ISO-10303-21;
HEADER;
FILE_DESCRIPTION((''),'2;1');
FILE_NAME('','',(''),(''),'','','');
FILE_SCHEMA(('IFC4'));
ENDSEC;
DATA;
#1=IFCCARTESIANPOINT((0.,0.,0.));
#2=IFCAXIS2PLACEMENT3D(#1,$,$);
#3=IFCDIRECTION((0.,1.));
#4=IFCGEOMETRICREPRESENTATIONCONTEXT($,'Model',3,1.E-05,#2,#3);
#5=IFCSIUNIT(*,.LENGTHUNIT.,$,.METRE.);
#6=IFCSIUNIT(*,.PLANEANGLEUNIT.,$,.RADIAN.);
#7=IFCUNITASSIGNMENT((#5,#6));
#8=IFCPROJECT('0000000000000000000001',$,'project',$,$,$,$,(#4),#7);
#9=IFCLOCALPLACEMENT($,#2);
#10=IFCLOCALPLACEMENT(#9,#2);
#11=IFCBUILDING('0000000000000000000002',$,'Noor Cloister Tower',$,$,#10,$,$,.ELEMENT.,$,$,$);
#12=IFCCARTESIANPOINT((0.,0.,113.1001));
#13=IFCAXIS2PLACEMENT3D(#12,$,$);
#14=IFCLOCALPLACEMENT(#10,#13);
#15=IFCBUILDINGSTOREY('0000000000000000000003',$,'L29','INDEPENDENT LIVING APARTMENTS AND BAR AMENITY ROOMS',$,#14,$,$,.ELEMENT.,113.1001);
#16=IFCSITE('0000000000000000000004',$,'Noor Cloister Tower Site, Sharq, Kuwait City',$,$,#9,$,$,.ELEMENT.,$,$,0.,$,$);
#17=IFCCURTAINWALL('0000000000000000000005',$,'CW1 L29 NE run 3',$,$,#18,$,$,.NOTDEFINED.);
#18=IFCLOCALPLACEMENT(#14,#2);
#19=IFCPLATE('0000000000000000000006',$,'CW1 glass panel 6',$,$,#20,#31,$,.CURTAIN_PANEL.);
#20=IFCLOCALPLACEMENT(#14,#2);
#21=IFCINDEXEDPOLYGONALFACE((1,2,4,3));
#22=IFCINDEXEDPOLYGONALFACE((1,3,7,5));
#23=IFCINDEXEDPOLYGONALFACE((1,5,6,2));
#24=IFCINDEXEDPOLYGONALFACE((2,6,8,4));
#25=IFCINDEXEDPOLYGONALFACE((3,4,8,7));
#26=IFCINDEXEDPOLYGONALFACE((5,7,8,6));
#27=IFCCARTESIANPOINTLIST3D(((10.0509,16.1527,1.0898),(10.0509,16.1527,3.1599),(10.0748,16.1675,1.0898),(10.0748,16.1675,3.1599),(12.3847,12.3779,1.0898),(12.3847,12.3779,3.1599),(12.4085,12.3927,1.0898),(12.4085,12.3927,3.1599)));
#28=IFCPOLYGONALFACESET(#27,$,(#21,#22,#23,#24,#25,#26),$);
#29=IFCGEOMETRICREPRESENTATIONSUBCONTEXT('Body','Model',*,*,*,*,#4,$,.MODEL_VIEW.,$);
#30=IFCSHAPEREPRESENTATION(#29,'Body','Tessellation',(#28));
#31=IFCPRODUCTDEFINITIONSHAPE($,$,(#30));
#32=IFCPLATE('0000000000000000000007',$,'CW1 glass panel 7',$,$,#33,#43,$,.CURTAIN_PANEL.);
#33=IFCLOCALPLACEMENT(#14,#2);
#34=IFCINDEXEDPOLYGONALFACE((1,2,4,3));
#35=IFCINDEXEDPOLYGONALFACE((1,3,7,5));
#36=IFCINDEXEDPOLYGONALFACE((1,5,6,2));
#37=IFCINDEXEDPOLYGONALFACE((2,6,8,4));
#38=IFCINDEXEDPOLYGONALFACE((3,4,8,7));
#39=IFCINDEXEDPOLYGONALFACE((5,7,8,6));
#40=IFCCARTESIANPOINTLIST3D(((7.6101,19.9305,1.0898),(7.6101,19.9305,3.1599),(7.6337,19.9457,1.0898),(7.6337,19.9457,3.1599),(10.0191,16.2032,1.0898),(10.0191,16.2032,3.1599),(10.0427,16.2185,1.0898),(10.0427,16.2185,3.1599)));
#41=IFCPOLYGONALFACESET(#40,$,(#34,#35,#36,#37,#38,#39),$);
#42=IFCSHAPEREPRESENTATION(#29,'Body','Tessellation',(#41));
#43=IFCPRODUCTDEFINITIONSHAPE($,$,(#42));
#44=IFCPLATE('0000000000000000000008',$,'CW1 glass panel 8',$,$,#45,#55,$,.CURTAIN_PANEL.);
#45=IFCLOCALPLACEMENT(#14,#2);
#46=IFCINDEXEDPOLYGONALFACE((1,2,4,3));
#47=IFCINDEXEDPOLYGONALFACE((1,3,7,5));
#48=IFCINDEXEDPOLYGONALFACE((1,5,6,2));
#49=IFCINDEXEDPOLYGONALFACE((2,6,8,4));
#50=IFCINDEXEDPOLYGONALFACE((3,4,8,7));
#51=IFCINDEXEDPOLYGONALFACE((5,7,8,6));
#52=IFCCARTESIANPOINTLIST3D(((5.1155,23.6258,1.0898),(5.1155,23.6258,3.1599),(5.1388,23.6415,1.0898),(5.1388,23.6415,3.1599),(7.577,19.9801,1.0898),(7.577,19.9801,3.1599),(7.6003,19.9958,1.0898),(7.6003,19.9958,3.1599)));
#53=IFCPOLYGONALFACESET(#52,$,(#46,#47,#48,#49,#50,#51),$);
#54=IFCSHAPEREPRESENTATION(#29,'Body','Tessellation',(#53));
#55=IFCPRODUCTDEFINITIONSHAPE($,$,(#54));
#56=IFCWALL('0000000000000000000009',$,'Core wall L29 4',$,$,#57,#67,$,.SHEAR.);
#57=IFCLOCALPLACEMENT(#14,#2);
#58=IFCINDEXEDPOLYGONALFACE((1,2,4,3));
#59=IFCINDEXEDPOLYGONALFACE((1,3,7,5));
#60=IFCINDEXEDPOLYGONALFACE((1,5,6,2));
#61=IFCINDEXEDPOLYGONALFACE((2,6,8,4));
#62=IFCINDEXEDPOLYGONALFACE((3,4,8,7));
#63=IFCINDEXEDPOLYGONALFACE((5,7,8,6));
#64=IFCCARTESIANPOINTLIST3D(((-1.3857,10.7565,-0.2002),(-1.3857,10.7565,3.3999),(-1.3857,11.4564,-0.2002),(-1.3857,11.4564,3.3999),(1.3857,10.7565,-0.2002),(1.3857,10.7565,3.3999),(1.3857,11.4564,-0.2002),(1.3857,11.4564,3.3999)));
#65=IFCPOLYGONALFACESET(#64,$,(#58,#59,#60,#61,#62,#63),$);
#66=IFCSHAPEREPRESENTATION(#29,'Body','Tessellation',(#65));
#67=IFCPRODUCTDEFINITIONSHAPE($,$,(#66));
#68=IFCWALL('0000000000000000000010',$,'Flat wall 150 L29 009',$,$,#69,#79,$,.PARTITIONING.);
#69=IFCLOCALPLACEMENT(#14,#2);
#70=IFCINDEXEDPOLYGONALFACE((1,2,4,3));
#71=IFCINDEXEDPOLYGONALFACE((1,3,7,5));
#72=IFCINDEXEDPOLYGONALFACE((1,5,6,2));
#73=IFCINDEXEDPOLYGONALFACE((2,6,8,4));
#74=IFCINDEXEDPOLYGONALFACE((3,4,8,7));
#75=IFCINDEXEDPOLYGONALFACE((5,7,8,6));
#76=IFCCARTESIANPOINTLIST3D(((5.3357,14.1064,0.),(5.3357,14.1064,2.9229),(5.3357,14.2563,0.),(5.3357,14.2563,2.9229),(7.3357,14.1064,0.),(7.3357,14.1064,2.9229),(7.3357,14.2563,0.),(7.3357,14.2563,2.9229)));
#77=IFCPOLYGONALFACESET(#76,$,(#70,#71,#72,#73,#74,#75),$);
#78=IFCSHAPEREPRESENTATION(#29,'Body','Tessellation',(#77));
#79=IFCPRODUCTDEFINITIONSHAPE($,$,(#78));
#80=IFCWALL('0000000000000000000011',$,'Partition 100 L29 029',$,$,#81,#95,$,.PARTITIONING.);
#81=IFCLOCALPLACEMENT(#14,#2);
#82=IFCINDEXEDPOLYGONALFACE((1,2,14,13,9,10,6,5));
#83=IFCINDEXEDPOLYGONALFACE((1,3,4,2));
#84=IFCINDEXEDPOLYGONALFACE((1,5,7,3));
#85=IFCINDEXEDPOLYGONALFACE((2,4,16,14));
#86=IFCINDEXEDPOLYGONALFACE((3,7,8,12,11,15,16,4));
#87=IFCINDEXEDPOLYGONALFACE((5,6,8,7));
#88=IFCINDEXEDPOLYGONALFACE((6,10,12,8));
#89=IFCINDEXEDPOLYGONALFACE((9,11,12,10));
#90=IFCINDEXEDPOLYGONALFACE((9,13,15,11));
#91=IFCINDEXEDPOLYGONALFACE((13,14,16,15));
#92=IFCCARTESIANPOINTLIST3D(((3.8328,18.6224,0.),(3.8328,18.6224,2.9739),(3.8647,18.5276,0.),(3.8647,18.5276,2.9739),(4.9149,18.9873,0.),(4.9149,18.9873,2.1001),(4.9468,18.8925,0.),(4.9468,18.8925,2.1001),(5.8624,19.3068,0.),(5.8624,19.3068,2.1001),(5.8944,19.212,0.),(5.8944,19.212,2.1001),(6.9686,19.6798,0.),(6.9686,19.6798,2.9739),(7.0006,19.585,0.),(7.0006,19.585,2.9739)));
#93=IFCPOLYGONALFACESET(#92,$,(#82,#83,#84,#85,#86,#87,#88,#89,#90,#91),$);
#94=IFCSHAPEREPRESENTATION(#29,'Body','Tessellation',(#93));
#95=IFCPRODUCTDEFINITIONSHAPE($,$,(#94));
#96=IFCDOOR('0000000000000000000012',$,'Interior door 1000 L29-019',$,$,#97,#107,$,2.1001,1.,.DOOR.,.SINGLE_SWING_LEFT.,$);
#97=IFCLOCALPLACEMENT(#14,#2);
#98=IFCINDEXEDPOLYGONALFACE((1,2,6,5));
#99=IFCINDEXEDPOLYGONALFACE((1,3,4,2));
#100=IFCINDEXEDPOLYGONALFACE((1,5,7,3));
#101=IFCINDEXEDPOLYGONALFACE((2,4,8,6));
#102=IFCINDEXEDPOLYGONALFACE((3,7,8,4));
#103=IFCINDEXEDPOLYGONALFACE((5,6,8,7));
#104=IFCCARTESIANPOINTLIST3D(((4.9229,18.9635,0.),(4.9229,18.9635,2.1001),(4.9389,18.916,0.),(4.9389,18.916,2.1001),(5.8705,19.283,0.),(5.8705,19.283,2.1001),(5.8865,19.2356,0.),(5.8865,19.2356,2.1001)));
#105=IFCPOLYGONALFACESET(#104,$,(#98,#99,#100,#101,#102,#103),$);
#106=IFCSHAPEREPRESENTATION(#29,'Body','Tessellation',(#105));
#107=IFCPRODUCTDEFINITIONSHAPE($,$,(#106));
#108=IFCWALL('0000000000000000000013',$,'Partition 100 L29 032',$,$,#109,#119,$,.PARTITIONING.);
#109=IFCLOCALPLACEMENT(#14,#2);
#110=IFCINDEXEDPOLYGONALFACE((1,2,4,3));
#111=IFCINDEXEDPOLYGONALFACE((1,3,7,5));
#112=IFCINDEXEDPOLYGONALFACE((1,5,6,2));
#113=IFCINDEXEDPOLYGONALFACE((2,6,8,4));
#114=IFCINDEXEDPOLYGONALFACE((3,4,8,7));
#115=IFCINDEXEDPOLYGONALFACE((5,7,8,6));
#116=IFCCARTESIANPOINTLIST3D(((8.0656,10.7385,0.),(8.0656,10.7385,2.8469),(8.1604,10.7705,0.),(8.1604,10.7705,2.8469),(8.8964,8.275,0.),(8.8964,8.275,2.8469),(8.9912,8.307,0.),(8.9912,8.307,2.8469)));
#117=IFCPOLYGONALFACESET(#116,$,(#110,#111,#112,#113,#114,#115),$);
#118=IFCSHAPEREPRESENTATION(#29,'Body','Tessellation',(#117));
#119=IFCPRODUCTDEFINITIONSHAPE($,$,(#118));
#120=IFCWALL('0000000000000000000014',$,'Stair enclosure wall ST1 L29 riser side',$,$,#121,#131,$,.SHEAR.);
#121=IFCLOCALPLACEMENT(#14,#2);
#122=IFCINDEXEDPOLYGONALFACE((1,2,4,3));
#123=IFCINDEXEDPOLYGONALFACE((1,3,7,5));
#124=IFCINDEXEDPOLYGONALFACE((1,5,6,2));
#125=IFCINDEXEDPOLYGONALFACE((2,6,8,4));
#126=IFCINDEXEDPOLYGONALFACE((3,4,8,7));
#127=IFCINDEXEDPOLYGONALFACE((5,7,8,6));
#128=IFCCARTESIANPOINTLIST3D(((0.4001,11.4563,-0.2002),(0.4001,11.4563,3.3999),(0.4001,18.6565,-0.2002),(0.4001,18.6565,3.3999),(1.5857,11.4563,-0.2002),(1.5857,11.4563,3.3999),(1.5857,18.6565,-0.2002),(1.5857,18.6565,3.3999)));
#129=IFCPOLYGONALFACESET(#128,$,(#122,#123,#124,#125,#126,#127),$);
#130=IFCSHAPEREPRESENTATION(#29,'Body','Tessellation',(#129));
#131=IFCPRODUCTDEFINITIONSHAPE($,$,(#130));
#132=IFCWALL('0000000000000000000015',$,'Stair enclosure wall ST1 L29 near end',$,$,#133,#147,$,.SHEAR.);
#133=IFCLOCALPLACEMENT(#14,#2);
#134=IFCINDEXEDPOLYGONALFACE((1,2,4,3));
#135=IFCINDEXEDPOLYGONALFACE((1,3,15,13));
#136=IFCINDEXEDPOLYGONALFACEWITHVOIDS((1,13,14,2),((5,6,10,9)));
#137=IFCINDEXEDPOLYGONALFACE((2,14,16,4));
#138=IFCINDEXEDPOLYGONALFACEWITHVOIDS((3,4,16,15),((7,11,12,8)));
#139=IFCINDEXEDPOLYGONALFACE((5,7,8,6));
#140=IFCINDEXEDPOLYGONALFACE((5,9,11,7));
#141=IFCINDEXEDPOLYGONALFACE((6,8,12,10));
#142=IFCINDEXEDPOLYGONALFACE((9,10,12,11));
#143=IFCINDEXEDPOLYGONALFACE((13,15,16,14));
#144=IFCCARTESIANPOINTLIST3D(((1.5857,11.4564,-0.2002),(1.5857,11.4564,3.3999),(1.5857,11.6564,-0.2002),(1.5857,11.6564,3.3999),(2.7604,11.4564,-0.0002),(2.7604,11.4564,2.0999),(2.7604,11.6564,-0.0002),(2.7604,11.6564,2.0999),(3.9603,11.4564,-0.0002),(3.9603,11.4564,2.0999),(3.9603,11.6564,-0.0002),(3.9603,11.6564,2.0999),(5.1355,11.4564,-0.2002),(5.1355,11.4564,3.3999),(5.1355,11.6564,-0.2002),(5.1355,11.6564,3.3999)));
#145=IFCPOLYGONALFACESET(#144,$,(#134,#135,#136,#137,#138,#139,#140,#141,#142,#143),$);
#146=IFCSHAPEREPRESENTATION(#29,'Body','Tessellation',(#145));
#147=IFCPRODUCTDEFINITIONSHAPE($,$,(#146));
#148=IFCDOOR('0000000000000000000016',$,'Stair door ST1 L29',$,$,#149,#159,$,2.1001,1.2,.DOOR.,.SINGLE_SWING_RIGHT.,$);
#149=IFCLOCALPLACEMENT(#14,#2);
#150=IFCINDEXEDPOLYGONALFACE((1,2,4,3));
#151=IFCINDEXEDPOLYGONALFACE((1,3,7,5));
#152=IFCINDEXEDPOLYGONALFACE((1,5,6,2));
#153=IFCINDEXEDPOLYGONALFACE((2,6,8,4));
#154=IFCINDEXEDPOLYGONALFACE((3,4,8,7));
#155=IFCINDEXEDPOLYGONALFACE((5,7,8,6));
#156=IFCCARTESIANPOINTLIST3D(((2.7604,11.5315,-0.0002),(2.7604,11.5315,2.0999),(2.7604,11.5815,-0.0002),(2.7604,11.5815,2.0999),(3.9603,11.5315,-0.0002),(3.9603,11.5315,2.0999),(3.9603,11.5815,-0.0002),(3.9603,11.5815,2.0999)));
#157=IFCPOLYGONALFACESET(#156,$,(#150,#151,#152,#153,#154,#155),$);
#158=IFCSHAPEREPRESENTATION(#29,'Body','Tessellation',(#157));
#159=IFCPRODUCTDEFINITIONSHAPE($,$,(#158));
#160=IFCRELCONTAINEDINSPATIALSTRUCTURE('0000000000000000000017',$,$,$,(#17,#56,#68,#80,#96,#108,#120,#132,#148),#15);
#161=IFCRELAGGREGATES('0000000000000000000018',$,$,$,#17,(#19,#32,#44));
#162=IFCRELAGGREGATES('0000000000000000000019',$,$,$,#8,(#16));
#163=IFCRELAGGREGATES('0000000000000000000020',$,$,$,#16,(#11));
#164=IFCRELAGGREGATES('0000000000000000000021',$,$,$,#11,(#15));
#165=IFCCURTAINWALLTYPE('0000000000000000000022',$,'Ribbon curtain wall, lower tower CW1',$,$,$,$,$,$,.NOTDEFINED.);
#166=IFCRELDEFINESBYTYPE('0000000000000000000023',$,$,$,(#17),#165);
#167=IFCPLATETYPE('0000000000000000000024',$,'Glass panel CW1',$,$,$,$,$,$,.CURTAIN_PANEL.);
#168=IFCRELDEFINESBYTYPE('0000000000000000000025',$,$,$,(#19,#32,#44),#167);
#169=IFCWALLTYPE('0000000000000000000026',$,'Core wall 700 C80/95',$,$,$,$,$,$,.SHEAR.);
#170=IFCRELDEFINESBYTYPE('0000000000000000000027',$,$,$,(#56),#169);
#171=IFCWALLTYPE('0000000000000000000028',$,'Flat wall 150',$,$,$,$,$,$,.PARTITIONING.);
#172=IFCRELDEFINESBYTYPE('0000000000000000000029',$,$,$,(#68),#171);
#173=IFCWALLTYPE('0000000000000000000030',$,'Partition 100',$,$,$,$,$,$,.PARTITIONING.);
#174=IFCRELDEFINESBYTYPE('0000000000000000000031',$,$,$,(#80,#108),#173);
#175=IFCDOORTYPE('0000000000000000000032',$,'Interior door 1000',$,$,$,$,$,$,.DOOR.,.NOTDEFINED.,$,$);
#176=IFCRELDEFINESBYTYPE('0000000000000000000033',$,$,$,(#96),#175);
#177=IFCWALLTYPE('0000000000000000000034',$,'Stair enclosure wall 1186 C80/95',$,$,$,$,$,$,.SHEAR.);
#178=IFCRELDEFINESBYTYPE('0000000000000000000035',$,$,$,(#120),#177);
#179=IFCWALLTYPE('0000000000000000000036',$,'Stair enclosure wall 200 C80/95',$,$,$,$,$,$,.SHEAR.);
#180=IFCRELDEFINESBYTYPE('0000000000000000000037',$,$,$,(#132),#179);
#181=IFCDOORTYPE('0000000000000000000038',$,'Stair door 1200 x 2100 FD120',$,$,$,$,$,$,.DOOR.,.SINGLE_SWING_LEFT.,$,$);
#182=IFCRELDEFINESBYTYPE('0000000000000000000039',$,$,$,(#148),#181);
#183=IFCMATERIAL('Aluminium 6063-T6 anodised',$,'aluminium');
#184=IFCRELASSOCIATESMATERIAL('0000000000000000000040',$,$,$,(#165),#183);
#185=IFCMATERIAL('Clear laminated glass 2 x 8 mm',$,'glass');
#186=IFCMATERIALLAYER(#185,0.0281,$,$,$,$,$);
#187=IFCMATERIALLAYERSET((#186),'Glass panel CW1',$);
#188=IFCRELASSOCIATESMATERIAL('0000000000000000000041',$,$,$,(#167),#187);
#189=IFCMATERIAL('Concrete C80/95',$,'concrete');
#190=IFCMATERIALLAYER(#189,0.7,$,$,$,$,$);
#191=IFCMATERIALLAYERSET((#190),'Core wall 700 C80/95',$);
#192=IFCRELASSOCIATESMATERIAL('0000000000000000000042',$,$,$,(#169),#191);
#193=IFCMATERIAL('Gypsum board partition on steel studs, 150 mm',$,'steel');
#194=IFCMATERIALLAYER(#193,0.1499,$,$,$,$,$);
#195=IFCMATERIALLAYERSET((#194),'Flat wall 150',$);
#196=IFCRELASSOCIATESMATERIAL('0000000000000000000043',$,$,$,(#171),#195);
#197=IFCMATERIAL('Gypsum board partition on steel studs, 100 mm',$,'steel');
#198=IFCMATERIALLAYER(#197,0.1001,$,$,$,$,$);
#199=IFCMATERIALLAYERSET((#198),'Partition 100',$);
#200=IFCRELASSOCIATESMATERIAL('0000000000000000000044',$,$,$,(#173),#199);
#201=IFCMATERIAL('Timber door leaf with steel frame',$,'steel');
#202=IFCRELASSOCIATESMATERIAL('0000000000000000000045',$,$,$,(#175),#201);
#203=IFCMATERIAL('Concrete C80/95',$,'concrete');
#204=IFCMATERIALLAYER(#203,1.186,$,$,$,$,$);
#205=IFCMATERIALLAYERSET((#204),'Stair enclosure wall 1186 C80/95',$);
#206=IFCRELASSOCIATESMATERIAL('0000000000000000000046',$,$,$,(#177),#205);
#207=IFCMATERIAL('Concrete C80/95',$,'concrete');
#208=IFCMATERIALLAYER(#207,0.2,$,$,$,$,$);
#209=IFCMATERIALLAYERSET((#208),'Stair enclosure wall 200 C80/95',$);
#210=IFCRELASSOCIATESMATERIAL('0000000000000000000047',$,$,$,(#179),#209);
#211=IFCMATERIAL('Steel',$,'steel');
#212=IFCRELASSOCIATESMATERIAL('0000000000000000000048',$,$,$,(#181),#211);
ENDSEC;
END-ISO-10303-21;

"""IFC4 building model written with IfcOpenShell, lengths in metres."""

from ifc_helpers import new_model, si_unit, direction, frame, frame_2d, origin, origin_2d, place, context, subcontext, project, spatial, rectangle, extrude, material, layer, layer_set, type_object, element, fill, aggregate, save


model = new_model("IFC4")

# Units and contexts
model_context = context("Model", 3, precision=1e-05, world=origin(), true_north=direction((0.0, 1.0)))
body_context = subcontext(model_context, "Body", "Model", "MODEL_VIEW")
ifc_project = project(units=[si_unit("LENGTHUNIT", "METRE"), si_unit("PLANEANGLEUNIT", "RADIAN")], contexts=[model_context])

# Site, building, storey
site_placement = place(None, origin())
site = spatial("IfcSite", under=ifc_project, at=site_placement, Name="Noor Cloister Tower Site, Sharq, Kuwait City", CompositionType="ELEMENT", RefElevation=0.0)
building_placement = place(site_placement, origin())
building = spatial("IfcBuilding", under=site, at=building_placement, Name="Noor Cloister Tower", CompositionType="ELEMENT")
storey_placement = place(building_placement, frame((0.0, 0.0, 113.1001)))
storey = spatial("IfcBuildingStorey", under=building, at=storey_placement, Name="L29", Description="INDEPENDENT LIVING APARTMENTS AND BAR AMENITY ROOMS", CompositionType="ELEMENT", Elevation=113.1001)

# Curtain wall
ifc_material_1 = material(Name="Aluminium 6063-T6 anodised", Category="aluminium")
curtain_wall_type = type_object("IfcCurtainWallType", Name="Ribbon curtain wall, lower tower CW1", PredefinedType="NOTDEFINED", material=ifc_material_1)
curtain_wall_placement = place(storey_placement, origin())
curtain_wall = element("IfcCurtainWall", 1, at=curtain_wall_placement, inside=storey, type_object=curtain_wall_type, Name="CW1 L29 NE run 3", PredefinedType="NOTDEFINED")

# Plates
ifc_material_2 = material(Name="Clear laminated glass 2 x 8 mm", Category="glass")
ifc_layer_1 = layer(ifc_material_2, 0.0281)
ifc_layer_set_1 = layer_set([ifc_layer_1], Name="Glass panel CW1")
plate_type = type_object("IfcPlateType", Name="Glass panel CW1", PredefinedType="CURTAIN_PANEL", material=ifc_layer_set_1)
plate_1_placement = place(storey_placement, frame((11.2297, 14.2727, 1.0898), z_axis=(0.0, 0.0, 1.0), x_axis=(-0.525852, 0.850576, 0.0)))
plate_1 = element("IfcPlate", 2, at=plate_1_placement, type_object=plate_type, Name="CW1 glass panel 6", PredefinedType="CURTAIN_PANEL", context=body_context, shape_type="SweptSolid", body=[
    extrude(rectangle(XDim=4.438, YDim=0.0281, at=origin_2d()), origin(), (0.0, 0.0, 1.0), 2.0701),
])
plate_2_placement = place(storey_placement, frame((8.8264, 18.0745, 1.0898), z_axis=(0.0, 0.0, 1.0), x_axis=(-0.542824, 0.839847, 0.0)))
plate_2 = element("IfcPlate", 3, at=plate_2_placement, type_object=plate_type, Name="CW1 glass panel 7", PredefinedType="CURTAIN_PANEL", context=body_context, shape_type="SweptSolid", body=[
    extrude(rectangle(XDim=4.438, YDim=0.0281, at=origin_2d()), origin(), (0.0, 0.0, 1.0), 2.0701),
])
plate_3_placement = place(storey_placement, frame((6.3579, 21.8108, 1.0898), z_axis=(0.0, 0.0, 1.0), x_axis=(-0.559576, 0.828779, 0.0)))
plate_3 = element("IfcPlate", 4, at=plate_3_placement, type_object=plate_type, Name="CW1 glass panel 8", PredefinedType="CURTAIN_PANEL", context=body_context, shape_type="SweptSolid", body=[
    extrude(rectangle(XDim=4.3989, YDim=0.0281, at=origin_2d()), origin(), (0.0, 0.0, 1.0), 2.0701),
])
aggregate(curtain_wall, [plate_1, plate_2, plate_3])

# Walls
ifc_material_3 = material(Name="Concrete C80/95", Category="concrete")
ifc_layer_2 = layer(ifc_material_3, 0.7)
ifc_layer_set_2 = layer_set([ifc_layer_2], Name="Core wall 700 C80/95")
wall_type_1 = type_object("IfcWallType", Name="Core wall 700 C80/95", PredefinedType="SHEAR", material=ifc_layer_set_2)
wall_1_placement = place(storey_placement, frame((1.3857, 11.1064, -0.2002), z_axis=(0.0, 0.0, 1.0), x_axis=(-1.0, 0.0, 0.0)))
element("IfcWall", 5, at=wall_1_placement, inside=storey, type_object=wall_type_1, Name="Core wall L29 4", PredefinedType="SHEAR", context=body_context, shape_type="SweptSolid", body=[
    extrude(rectangle(XDim=2.7715, YDim=0.7, at=frame_2d((1.3857, 0.0))), origin(), (0.0, 0.0, 1.0), 3.6001),
])
ifc_material_4 = material(Name="Gypsum board partition on steel studs, 150 mm", Category="steel")
ifc_layer_3 = layer(ifc_material_4, 0.1499)
ifc_layer_set_3 = layer_set([ifc_layer_3], Name="Flat wall 150")
wall_type_2 = type_object("IfcWallType", Name="Flat wall 150", PredefinedType="PARTITIONING", material=ifc_layer_set_3)
wall_2_placement = place(storey_placement, frame((5.3357, 14.1814, 0.0), z_axis=(0.0, 0.0, 1.0), x_axis=(1.0, 0.0, 0.0)))
element("IfcWall", 6, at=wall_2_placement, inside=storey, type_object=wall_type_2, Name="Flat wall 150 L29 009", PredefinedType="PARTITIONING", context=body_context, shape_type="SweptSolid", body=[
    extrude(rectangle(XDim=2.0, YDim=0.1499, at=frame_2d((1.0, 0.0))), origin(), (0.0, 0.0, 1.0), 2.9229),
])

# Wall, opening, door
ifc_material_5 = material(Name="Gypsum board partition on steel studs, 100 mm", Category="steel")
ifc_layer_4 = layer(ifc_material_5, 0.1001)
ifc_layer_set_4 = layer_set([ifc_layer_4], Name="Partition 100")
wall_type_3 = type_object("IfcWallType", Name="Partition 100", PredefinedType="PARTITIONING", material=ifc_layer_set_4)
wall_3_placement = place(storey_placement, frame((3.8486, 18.575, 0.0), z_axis=(0.0, 0.0, 1.0), x_axis=(0.947578, 0.319524, 0.0)))
wall_3 = element("IfcWall", 7, at=wall_3_placement, inside=storey, type_object=wall_type_3, Name="Partition 100 L29 029", PredefinedType="PARTITIONING", context=body_context, shape_type="SweptSolid", body=[
    extrude(rectangle(XDim=3.3093, YDim=0.1001, at=frame_2d((1.6548, 0.0))), origin(), (0.0, 0.0, 1.0), 2.9739),
])
opening_1_placement = place(wall_3_placement, frame((1.1421, 0.0, 0.0)))
opening_1 = element("IfcOpeningElement", 8, at=opening_1_placement, cuts=wall_3, PredefinedType="OPENING", context=body_context, shape_type="SweptSolid", body=[
    extrude(rectangle(XDim=1.0, YDim=2.1001, at=frame_2d((0.5, 1.05))), frame((0.0, 0.0601, 0.0), z_axis=(0.0, -1.0, 0.0), x_axis=(1.0, 0.0, 0.0)), (0.0, 0.0, 1.0), 0.1201),
])
ifc_material_6 = material(Name="Timber door leaf with steel frame", Category="steel")
door_type_1 = type_object("IfcDoorType", Name="Interior door 1000", OperationType="NOTDEFINED", PredefinedType="DOOR", material=ifc_material_6)
door_1_placement = place(opening_1_placement, origin())
door_1 = element("IfcDoor", 9, at=door_1_placement, inside=storey, type_object=door_type_1, Name="Interior door 1000 L29-019", OperationType="SINGLE_SWING_LEFT", OverallHeight=2.1001, OverallWidth=1.0, PredefinedType="DOOR", context=body_context, shape_type="SweptSolid", body=[
    extrude(rectangle(XDim=1.0, YDim=2.1001, at=frame_2d((0.5, 1.05))), frame((0.0, 0.0249, 0.0), z_axis=(0.0, -1.0, 0.0), x_axis=(1.0, 0.0, 0.0)), (0.0, 0.0, 1.0), 0.05),
])
fill(opening_1, door_1)

# Walls
wall_4_placement = place(storey_placement, frame((8.113, 10.7544, 0.0), z_axis=(0.0, 0.0, 1.0), x_axis=(0.31955, -0.947569, 0.0)))
element("IfcWall", 10, at=wall_4_placement, inside=storey, type_object=wall_type_3, Name="Partition 100 L29 032", PredefinedType="PARTITIONING", context=body_context, shape_type="SweptSolid", body=[
    extrude(rectangle(XDim=2.5999, YDim=0.1001, at=frame_2d((1.2998, 0.0))), origin(), (0.0, 0.0, 1.0), 2.8469),
])
ifc_material_7 = material(Name="Concrete C80/95", Category="concrete")
ifc_layer_5 = layer(ifc_material_7, 1.186)
ifc_layer_set_5 = layer_set([ifc_layer_5], Name="Stair enclosure wall 1186 C80/95")
wall_type_4 = type_object("IfcWallType", Name="Stair enclosure wall 1186 C80/95", PredefinedType="SHEAR", material=ifc_layer_set_5)
wall_5_placement = place(storey_placement, frame((0.9929, 11.4563, -0.2002), z_axis=(0.0, 0.0, 1.0), x_axis=(0.0, 1.0, 0.0)))
element("IfcWall", 11, at=wall_5_placement, inside=storey, type_object=wall_type_4, Name="Stair enclosure wall ST1 L29 riser side", PredefinedType="SHEAR", context=body_context, shape_type="SweptSolid", body=[
    extrude(rectangle(XDim=7.2002, YDim=1.1855, at=frame_2d((3.6001, 0.0))), origin(), (0.0, 0.0, 1.0), 3.6001),
])

# Wall, opening, door
ifc_material_8 = material(Name="Concrete C80/95", Category="concrete")
ifc_layer_6 = layer(ifc_material_8, 0.2)
ifc_layer_set_6 = layer_set([ifc_layer_6], Name="Stair enclosure wall 200 C80/95")
wall_type_5 = type_object("IfcWallType", Name="Stair enclosure wall 200 C80/95", PredefinedType="SHEAR", material=ifc_layer_set_6)
wall_6_placement = place(storey_placement, frame((5.1355, 11.5564, -0.2002), z_axis=(0.0, 0.0, 1.0), x_axis=(-1.0, 0.0, 0.0)))
wall_6 = element("IfcWall", 12, at=wall_6_placement, inside=storey, type_object=wall_type_5, Name="Stair enclosure wall ST1 L29 near end", PredefinedType="SHEAR", context=body_context, shape_type="SweptSolid", body=[
    extrude(rectangle(XDim=3.5498, YDim=0.2, at=frame_2d((1.7749, 0.0))), origin(), (0.0, 0.0, 1.0), 3.6001),
])
opening_2_placement = place(wall_6_placement, frame((1.175, 0.0, 0.2)))
opening_2 = element("IfcOpeningElement", 13, at=opening_2_placement, cuts=wall_6, PredefinedType="OPENING", context=body_context, shape_type="SweptSolid", body=[
    extrude(rectangle(XDim=1.2, YDim=2.1001, at=frame_2d((0.6001, 1.05))), frame((0.0, 0.1099, 0.0), z_axis=(0.0, -1.0, 0.0), x_axis=(1.0, 0.0, 0.0)), (0.0, 0.0, 1.0), 0.22),
])
ifc_material_9 = material(Name="Steel", Category="steel")
door_type_2 = type_object("IfcDoorType", Name="Stair door 1200 x 2100 FD120", OperationType="SINGLE_SWING_LEFT", PredefinedType="DOOR", material=ifc_material_9)
door_2_placement = place(opening_2_placement, origin())
door_2 = element("IfcDoor", 14, at=door_2_placement, inside=storey, type_object=door_type_2, Name="Stair door ST1 L29", OperationType="SINGLE_SWING_RIGHT", OverallHeight=2.1001, OverallWidth=1.2, PredefinedType="DOOR", context=body_context, shape_type="SweptSolid", body=[
    extrude(rectangle(XDim=1.2, YDim=2.1001, at=frame_2d((0.6001, 1.05))), frame((0.0, 0.0249, 0.0), z_axis=(0.0, -1.0, 0.0), x_axis=(1.0, 0.0, 0.0)), (0.0, 0.0, 1.0), 0.05),
])
fill(opening_2, door_2)

save(model, "model.ifc")
